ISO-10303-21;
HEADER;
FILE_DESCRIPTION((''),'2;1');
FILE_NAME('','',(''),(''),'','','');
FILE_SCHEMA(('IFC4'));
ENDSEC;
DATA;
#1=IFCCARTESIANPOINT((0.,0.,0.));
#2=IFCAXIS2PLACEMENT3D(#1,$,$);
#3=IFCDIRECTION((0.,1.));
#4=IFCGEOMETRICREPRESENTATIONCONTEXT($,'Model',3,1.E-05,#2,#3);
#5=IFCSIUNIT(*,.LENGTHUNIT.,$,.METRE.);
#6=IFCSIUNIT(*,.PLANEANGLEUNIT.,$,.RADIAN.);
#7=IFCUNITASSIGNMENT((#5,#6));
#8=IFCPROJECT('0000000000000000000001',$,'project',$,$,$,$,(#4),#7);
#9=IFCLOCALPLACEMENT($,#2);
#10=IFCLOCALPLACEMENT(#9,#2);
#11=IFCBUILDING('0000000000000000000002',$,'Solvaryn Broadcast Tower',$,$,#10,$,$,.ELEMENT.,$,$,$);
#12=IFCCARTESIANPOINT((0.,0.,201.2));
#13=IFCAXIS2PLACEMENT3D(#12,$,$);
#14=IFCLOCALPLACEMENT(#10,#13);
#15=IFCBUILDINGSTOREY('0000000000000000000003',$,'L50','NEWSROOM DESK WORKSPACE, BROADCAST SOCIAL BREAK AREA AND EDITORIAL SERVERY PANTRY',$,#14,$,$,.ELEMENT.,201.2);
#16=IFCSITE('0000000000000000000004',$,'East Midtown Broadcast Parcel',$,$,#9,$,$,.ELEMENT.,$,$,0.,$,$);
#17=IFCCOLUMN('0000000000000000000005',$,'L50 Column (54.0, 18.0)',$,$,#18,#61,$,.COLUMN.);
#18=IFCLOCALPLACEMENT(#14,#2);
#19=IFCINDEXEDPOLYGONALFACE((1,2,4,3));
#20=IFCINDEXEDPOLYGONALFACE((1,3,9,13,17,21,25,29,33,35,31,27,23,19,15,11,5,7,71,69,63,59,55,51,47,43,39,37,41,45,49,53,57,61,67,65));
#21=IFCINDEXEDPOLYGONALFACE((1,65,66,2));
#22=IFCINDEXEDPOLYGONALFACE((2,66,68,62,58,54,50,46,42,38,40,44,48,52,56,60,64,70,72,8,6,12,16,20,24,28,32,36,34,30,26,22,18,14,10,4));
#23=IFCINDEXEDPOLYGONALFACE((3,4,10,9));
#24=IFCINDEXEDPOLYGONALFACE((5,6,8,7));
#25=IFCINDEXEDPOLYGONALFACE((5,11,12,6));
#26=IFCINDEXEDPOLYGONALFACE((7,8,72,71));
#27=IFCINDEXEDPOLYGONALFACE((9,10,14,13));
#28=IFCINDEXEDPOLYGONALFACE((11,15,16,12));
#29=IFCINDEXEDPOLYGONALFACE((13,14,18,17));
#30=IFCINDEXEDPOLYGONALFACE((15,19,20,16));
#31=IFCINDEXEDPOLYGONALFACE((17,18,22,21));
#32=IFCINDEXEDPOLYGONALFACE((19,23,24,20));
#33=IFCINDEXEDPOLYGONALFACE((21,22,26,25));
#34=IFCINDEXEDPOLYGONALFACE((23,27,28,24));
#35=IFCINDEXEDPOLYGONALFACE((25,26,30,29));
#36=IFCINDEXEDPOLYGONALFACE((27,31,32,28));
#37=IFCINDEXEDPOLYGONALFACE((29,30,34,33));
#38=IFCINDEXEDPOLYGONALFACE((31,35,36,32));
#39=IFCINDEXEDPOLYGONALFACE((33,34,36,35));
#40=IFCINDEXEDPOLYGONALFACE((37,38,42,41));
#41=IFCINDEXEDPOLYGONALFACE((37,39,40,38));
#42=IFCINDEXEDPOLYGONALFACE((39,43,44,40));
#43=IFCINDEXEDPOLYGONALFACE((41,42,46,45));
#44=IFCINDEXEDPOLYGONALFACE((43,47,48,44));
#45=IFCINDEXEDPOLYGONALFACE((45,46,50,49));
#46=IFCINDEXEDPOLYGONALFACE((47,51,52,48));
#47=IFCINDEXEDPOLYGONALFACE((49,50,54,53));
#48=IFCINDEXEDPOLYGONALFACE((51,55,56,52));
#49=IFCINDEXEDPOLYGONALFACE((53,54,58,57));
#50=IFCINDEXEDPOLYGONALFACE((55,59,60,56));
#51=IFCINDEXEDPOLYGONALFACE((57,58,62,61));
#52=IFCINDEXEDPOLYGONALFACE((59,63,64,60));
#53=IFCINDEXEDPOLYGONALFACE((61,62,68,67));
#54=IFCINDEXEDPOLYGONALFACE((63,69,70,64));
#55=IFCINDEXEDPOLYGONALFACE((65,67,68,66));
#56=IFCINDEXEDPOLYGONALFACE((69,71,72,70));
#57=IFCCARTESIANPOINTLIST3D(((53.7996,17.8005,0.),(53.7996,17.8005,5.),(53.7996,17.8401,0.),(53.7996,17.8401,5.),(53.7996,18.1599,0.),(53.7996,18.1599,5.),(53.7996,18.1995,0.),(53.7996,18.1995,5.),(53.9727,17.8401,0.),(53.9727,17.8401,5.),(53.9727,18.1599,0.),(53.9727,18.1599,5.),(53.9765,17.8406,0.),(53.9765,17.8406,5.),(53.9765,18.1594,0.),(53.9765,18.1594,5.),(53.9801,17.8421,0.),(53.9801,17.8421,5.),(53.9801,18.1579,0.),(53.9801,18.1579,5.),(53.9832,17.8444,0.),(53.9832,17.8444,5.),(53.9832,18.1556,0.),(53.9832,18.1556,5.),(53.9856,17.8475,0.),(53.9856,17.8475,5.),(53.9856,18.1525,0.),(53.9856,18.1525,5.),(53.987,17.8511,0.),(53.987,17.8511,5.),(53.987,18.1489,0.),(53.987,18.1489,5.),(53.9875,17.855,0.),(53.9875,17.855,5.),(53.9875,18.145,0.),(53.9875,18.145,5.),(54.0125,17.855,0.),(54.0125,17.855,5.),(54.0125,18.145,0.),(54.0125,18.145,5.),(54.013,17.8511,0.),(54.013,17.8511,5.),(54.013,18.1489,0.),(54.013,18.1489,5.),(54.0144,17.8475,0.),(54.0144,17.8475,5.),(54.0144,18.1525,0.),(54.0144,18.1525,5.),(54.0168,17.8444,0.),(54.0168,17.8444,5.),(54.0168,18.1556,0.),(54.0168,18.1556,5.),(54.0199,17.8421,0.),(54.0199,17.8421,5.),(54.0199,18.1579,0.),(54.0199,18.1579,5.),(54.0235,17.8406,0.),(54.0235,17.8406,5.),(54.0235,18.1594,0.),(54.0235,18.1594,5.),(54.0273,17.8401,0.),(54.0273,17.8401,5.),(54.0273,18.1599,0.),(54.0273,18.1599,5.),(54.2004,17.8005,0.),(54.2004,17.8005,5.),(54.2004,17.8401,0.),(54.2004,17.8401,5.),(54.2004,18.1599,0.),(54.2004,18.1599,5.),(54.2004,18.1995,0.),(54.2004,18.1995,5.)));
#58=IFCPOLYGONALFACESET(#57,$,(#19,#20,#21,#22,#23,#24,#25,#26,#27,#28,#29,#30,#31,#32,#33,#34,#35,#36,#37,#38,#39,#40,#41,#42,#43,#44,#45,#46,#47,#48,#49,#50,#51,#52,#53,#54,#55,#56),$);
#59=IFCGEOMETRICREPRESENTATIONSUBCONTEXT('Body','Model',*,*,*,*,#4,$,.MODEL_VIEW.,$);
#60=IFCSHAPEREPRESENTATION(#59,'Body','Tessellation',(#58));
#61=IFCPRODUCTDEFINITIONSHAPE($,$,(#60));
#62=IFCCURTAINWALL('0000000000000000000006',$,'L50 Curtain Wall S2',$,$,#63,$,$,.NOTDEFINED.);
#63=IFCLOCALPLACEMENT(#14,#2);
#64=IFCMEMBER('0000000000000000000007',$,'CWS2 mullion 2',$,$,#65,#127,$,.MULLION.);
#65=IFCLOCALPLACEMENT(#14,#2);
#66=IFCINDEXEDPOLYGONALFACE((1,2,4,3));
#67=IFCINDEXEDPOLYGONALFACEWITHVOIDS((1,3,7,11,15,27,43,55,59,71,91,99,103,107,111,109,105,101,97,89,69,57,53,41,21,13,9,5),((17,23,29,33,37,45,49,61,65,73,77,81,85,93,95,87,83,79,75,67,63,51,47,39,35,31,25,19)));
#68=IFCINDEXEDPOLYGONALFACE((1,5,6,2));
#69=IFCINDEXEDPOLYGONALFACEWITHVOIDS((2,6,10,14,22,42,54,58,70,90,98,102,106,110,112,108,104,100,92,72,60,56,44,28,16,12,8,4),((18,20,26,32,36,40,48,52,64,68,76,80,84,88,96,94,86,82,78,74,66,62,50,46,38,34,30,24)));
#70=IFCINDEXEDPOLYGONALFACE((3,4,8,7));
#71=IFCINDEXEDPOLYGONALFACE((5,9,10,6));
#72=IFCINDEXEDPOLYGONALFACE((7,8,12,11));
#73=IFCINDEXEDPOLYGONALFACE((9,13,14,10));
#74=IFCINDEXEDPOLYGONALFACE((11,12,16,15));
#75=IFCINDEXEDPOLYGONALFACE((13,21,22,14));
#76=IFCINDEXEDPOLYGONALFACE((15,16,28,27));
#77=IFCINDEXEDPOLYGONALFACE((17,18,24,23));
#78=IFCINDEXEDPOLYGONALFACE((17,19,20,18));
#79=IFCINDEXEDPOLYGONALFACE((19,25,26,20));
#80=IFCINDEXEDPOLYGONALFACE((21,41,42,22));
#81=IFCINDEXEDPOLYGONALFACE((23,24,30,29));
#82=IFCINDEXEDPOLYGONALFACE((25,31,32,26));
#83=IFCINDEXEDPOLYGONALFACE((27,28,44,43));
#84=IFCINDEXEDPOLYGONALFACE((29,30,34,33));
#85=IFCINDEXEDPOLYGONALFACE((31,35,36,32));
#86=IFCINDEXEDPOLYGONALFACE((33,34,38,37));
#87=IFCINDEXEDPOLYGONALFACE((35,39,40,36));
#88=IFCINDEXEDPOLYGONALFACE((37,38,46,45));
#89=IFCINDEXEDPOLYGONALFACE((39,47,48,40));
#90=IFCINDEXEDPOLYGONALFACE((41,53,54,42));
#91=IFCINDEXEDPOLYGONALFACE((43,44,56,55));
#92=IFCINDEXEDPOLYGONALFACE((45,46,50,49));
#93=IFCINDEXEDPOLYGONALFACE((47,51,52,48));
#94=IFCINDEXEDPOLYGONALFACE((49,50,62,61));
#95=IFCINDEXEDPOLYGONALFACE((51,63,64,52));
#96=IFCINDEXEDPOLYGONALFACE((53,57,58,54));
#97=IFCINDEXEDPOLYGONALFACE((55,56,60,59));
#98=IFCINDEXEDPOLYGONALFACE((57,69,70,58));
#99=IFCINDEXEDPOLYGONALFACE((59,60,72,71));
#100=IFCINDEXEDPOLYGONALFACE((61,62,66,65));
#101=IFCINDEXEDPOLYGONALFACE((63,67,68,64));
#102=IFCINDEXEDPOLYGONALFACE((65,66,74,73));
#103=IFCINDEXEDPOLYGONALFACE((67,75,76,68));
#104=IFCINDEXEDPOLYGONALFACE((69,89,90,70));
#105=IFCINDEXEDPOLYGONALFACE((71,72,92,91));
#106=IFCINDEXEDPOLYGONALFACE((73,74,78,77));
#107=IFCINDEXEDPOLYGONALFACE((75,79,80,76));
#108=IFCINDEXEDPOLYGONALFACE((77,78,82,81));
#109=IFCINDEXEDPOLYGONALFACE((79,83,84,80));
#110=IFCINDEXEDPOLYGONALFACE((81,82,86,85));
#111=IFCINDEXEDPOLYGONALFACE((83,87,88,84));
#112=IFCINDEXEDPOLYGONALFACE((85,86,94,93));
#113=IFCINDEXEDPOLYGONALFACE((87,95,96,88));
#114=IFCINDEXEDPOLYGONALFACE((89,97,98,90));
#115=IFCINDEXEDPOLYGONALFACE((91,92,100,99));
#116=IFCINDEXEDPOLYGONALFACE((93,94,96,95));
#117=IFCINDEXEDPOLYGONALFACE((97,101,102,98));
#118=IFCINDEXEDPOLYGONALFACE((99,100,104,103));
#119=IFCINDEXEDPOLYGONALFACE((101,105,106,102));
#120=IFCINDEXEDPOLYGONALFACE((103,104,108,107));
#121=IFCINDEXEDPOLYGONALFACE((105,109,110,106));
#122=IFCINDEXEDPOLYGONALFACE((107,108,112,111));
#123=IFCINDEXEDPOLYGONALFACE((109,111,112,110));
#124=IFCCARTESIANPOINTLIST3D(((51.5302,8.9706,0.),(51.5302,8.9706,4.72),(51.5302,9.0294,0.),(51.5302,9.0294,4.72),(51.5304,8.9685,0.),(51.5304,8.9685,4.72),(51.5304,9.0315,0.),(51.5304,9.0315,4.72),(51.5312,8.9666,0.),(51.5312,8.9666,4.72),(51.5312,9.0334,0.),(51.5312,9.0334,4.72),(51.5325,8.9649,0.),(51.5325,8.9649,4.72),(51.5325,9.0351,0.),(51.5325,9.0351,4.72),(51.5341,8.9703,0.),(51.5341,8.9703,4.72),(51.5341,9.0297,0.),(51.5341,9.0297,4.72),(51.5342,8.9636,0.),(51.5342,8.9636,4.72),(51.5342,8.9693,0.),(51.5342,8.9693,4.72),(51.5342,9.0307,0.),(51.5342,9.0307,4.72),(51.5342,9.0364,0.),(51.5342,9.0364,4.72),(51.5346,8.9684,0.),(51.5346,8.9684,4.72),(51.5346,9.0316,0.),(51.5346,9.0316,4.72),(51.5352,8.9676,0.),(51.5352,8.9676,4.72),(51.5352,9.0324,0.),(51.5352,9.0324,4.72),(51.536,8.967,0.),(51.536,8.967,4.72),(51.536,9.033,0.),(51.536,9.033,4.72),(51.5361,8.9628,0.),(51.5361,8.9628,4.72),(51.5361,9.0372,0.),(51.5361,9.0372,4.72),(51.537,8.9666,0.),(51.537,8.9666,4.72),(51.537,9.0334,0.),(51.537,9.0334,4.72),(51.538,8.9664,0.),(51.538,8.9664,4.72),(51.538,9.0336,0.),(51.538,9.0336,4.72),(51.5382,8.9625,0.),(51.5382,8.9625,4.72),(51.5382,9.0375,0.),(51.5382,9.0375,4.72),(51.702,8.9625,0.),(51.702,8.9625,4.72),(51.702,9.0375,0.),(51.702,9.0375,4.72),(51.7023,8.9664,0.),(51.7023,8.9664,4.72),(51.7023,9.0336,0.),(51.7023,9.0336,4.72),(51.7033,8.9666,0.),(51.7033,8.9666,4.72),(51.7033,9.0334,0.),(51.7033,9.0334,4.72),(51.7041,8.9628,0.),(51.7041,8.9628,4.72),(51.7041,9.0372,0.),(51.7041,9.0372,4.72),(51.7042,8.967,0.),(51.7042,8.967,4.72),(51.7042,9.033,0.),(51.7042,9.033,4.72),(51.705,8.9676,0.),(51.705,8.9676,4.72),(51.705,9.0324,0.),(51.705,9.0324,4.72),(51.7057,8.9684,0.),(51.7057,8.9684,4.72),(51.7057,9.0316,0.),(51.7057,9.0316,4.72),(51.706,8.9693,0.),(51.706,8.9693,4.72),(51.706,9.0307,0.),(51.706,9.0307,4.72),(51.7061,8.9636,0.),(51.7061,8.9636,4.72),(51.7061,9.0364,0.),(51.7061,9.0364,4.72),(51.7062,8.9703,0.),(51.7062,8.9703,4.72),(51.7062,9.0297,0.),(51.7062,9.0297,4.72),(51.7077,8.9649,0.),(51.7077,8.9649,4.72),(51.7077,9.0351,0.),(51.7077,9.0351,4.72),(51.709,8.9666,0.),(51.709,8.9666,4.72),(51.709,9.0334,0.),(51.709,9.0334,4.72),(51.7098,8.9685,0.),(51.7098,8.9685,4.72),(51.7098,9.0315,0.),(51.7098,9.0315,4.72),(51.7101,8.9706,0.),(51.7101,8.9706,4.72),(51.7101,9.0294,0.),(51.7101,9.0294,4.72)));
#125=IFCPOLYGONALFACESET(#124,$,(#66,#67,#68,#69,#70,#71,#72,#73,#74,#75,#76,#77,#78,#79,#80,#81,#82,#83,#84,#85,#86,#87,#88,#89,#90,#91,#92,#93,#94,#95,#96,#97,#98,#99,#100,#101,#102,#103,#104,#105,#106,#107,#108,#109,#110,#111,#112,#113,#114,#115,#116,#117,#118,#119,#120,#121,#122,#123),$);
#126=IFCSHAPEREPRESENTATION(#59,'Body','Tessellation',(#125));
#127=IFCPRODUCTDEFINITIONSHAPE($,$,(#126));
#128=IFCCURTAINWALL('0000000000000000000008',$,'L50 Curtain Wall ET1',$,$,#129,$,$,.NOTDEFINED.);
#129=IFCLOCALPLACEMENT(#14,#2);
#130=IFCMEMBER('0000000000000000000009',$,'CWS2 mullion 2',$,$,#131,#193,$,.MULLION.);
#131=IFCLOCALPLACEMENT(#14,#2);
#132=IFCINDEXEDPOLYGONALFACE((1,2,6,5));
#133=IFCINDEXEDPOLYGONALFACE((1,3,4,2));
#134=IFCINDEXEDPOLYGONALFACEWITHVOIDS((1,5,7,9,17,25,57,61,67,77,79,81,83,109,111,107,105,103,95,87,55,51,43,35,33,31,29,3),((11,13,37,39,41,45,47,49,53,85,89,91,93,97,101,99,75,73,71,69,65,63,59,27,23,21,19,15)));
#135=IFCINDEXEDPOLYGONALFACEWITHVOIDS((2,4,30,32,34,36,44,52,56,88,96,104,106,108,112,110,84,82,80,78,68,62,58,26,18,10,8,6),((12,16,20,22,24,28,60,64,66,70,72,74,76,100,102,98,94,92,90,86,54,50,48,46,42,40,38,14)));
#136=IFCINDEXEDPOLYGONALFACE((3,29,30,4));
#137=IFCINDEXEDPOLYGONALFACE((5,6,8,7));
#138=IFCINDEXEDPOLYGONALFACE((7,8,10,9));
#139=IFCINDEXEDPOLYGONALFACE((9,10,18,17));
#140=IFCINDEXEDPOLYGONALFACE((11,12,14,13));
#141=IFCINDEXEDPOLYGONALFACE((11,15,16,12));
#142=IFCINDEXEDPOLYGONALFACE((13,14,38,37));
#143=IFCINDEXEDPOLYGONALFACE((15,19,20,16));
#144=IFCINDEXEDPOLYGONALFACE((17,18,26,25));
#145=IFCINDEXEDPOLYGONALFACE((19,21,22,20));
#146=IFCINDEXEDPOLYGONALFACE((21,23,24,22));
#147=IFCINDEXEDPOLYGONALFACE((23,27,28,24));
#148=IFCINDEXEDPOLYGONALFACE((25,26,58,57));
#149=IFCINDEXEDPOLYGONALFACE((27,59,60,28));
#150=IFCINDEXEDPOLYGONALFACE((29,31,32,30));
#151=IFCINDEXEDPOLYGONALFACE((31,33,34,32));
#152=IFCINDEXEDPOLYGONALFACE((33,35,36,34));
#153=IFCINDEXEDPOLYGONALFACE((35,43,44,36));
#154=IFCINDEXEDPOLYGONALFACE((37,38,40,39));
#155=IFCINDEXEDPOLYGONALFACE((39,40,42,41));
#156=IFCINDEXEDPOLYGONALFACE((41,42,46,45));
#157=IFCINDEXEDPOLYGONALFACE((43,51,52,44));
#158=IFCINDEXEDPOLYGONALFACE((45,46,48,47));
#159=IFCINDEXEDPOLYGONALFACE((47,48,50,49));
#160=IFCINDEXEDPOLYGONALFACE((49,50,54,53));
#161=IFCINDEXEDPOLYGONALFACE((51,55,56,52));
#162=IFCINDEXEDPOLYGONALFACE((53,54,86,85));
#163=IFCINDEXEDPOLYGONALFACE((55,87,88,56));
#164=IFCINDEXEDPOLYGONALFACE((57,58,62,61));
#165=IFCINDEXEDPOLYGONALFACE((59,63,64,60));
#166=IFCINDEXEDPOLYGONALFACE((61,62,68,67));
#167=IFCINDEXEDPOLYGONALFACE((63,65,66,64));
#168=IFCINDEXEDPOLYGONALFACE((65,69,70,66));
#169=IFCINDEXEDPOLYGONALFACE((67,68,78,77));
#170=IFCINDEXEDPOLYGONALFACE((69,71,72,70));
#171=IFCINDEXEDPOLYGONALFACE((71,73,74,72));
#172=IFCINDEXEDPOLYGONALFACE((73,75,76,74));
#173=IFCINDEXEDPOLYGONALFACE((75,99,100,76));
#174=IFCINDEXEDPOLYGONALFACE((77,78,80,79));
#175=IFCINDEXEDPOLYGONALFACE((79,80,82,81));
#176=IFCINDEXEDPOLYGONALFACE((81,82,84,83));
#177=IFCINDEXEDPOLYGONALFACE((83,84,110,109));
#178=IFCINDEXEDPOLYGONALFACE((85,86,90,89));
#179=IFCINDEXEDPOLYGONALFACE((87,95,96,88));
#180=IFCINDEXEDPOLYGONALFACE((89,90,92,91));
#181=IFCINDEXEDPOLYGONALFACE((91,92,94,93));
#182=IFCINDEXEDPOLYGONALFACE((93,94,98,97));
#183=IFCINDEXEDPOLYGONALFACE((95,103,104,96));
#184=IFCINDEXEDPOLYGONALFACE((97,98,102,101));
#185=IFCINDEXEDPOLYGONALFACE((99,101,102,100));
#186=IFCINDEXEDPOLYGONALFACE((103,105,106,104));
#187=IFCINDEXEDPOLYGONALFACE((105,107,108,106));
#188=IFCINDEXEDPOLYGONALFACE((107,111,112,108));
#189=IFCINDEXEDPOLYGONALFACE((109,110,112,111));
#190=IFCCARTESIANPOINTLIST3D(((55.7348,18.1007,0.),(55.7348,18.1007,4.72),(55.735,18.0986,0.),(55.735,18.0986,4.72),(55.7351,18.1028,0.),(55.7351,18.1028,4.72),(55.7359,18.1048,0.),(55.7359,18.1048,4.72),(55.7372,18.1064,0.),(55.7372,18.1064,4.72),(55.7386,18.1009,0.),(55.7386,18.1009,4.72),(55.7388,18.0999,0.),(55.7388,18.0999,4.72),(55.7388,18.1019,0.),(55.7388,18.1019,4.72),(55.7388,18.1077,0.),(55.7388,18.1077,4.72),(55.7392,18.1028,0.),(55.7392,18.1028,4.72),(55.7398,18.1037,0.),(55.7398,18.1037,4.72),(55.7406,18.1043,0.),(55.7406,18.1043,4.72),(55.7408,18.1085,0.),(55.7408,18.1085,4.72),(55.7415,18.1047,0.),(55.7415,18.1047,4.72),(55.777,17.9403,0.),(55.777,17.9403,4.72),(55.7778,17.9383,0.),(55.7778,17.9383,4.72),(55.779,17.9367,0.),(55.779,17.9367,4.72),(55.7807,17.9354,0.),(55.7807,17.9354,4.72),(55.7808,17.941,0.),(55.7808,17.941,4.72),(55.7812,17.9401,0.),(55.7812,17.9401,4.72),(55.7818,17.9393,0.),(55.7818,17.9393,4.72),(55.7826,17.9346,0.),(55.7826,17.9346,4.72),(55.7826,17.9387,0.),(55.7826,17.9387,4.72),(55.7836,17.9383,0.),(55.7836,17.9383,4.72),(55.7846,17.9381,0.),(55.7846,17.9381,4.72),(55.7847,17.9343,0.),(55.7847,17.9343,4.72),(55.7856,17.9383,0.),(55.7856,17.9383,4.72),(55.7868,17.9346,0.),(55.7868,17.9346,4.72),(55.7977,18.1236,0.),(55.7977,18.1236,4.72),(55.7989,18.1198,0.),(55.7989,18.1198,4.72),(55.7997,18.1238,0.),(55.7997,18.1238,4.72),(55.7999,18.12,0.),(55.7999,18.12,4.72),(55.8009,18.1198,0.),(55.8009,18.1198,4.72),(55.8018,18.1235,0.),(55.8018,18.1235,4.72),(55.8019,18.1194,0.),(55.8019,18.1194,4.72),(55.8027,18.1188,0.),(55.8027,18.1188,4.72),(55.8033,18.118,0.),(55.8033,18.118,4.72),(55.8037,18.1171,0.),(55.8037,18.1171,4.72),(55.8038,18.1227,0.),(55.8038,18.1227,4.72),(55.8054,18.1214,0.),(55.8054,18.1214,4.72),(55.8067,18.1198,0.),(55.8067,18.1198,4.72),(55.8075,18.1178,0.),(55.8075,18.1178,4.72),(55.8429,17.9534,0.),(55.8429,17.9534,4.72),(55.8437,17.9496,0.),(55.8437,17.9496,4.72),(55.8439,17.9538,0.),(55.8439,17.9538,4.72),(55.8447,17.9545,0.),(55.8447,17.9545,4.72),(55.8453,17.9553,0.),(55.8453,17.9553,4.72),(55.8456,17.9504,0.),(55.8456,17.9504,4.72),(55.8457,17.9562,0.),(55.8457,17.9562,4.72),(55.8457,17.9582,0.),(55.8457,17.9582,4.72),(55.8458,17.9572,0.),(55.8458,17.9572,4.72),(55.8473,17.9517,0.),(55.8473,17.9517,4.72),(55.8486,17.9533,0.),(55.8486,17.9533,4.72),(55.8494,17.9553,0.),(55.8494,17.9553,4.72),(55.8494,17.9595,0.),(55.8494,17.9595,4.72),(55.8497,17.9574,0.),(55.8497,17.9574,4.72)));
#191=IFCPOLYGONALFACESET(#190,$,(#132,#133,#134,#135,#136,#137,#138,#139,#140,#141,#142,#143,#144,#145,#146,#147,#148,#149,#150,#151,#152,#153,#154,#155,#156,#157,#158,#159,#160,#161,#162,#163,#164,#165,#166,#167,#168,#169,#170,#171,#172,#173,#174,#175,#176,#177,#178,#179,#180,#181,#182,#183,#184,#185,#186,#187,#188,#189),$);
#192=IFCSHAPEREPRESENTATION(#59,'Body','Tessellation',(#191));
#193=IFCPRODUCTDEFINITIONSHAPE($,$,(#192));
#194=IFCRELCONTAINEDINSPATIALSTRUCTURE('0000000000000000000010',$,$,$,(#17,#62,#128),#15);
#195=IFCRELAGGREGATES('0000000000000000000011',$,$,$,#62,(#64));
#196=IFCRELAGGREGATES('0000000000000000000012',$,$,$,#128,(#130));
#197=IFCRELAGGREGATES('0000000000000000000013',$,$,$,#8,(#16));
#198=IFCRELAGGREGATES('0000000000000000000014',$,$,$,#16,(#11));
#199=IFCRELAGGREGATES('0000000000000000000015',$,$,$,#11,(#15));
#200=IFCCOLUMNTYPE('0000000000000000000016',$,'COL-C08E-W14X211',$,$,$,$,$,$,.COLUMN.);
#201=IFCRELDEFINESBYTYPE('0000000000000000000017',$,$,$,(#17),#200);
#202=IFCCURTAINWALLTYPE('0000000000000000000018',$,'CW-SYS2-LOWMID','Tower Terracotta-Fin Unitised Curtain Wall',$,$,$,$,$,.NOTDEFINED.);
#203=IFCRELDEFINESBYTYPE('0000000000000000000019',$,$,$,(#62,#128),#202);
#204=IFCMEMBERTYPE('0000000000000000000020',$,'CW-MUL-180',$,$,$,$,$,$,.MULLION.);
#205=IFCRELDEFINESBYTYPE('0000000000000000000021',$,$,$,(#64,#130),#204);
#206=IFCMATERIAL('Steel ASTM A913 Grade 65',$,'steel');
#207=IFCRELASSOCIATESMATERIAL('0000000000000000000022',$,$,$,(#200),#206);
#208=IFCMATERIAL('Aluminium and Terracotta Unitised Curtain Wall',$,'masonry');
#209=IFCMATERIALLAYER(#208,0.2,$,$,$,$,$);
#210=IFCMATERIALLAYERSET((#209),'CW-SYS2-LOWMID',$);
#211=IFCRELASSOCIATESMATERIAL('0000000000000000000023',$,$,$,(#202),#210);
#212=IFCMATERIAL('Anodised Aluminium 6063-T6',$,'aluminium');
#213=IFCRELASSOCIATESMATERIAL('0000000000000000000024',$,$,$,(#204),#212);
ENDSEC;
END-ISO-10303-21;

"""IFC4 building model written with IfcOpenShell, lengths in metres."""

from ifc_helpers import new_model, si_unit, direction, frame, origin, origin_2d, place, context, subcontext, project, spatial, hollow_rectangle, i_section, extrude, material, layer, layer_set, material_profile, profile_set, type_object, element, aggregate, save


model = new_model("IFC4")

# Units and contexts
model_context = context("Model", 3, precision=1e-05, world=origin(), true_north=direction((0.0, 1.0)))
body_context = subcontext(model_context, "Body", "Model", "MODEL_VIEW")
ifc_project = project(units=[si_unit("LENGTHUNIT", "METRE"), si_unit("PLANEANGLEUNIT", "RADIAN")], contexts=[model_context])

# Site, building, storey
site_placement = place(None, origin())
site = spatial("IfcSite", under=ifc_project, at=site_placement, Name="East Midtown Broadcast Parcel", CompositionType="ELEMENT", RefElevation=0.0)
building_placement = place(site_placement, origin())
building = spatial("IfcBuilding", under=site, at=building_placement, Name="Solvaryn Broadcast Tower", CompositionType="ELEMENT")
storey_placement = place(building_placement, frame((0.0, 0.0, 201.2)))
storey = spatial("IfcBuildingStorey", under=building, at=storey_placement, Name="L50", Description="NEWSROOM DESK WORKSPACE, BROADCAST SOCIAL BREAK AREA AND EDITORIAL SERVERY PANTRY", CompositionType="ELEMENT", Elevation=201.2)

# Column
ifc_material_1 = material(Name="Steel ASTM A913 Grade 65", Category="steel")
ifc_material_profile_1 = material_profile(ifc_material_1, i_section(OverallWidth=0.4009, OverallDepth=0.3989, WebThickness=0.0249, FlangeThickness=0.0396, FilletRadius=0.0149, at=origin_2d()))
ifc_profile_set_1 = profile_set([ifc_material_profile_1], Name="Steel ASTM A913 Grade 65")
column_type = type_object("IfcColumnType", Name="COL-C08E-W14X211", PredefinedType="COLUMN", material=ifc_profile_set_1)
column_placement = place(storey_placement, frame((54.0, 18.0, 0.0), z_axis=(0.0, 0.0, 1.0), x_axis=(1.0, 0.0, 0.0)))
element("IfcColumn", 1, at=column_placement, inside=storey, type_object=column_type, Name="L50 Column (54.0, 18.0)", PredefinedType="COLUMN", context=body_context, shape_type="SweptSolid", body=[
    extrude(i_section(OverallWidth=0.4009, OverallDepth=0.3989, WebThickness=0.0249, FlangeThickness=0.0396, FilletRadius=0.0149, at=origin_2d()), origin(), (0.0, 0.0, 1.0), 5.0),
])

# Curtain walls, members
ifc_material_2 = material(Name="Aluminium and Terracotta Unitised Curtain Wall", Category="masonry")
ifc_layer_1 = layer(ifc_material_2, 0.2)
ifc_layer_set_1 = layer_set([ifc_layer_1], Name="CW-SYS2-LOWMID")
curtain_wall_type = type_object("IfcCurtainWallType", Name="CW-SYS2-LOWMID", Description="Tower Terracotta-Fin Unitised Curtain Wall", PredefinedType="NOTDEFINED", material=ifc_layer_set_1)
curtain_wall_1_placement = place(storey_placement, origin())
curtain_wall_1 = element("IfcCurtainWall", 2, at=curtain_wall_1_placement, inside=storey, type_object=curtain_wall_type, Name="L50 Curtain Wall S2", PredefinedType="NOTDEFINED")
ifc_material_3 = material(Name="Anodised Aluminium 6063-T6", Category="aluminium")
ifc_material_profile_2 = material_profile(ifc_material_3, hollow_rectangle(XDim=0.075, YDim=0.1799, WallThickness=0.0039, InnerFilletRadius=0.0039, OuterFilletRadius=0.0081, at=origin_2d()))
ifc_profile_set_2 = profile_set([ifc_material_profile_2], Name="Anodised Aluminium 6063-T6")
member_type_1 = type_object("IfcMemberType", Name="CW-MUL-180", PredefinedType="MULLION", material=ifc_profile_set_2)
member_1_placement = place(storey_placement, frame((51.6201, 9.0, 0.0), z_axis=(0.0, 0.0, 1.0), x_axis=(0.0, 1.0, 0.0)))
member_1 = element("IfcMember", 3, at=member_1_placement, type_object=member_type_1, Name="CWS2 mullion 2", PredefinedType="MULLION", context=body_context, shape_type="SweptSolid", body=[
    extrude(hollow_rectangle(XDim=0.075, YDim=0.1799, WallThickness=0.0039, InnerFilletRadius=0.0039, OuterFilletRadius=0.0081, at=origin_2d()), origin(), (0.0, 0.0, 1.0), 4.72),
])
aggregate(curtain_wall_1, [member_1])
curtain_wall_2_placement = place(storey_placement, origin())
curtain_wall_2 = element("IfcCurtainWall", 4, at=curtain_wall_2_placement, inside=storey, type_object=curtain_wall_type, Name="L50 Curtain Wall ET1", PredefinedType="NOTDEFINED")
member_2_placement = place(storey_placement, frame((55.7922, 18.0291, 0.0), z_axis=(0.0, 0.0, 1.0), x_axis=(0.966705, 0.255893, 0.0)))
member_2 = element("IfcMember", 5, at=member_2_placement, type_object=member_type_1, Name="CWS2 mullion 2", PredefinedType="MULLION", context=body_context, shape_type="SweptSolid", body=[
    extrude(hollow_rectangle(XDim=0.075, YDim=0.1799, WallThickness=0.0039, InnerFilletRadius=0.0039, OuterFilletRadius=0.0081, at=origin_2d()), origin(), (0.0, 0.0, 1.0), 4.72),
])
aggregate(curtain_wall_2, [member_2])

save(model, "model.ifc")
